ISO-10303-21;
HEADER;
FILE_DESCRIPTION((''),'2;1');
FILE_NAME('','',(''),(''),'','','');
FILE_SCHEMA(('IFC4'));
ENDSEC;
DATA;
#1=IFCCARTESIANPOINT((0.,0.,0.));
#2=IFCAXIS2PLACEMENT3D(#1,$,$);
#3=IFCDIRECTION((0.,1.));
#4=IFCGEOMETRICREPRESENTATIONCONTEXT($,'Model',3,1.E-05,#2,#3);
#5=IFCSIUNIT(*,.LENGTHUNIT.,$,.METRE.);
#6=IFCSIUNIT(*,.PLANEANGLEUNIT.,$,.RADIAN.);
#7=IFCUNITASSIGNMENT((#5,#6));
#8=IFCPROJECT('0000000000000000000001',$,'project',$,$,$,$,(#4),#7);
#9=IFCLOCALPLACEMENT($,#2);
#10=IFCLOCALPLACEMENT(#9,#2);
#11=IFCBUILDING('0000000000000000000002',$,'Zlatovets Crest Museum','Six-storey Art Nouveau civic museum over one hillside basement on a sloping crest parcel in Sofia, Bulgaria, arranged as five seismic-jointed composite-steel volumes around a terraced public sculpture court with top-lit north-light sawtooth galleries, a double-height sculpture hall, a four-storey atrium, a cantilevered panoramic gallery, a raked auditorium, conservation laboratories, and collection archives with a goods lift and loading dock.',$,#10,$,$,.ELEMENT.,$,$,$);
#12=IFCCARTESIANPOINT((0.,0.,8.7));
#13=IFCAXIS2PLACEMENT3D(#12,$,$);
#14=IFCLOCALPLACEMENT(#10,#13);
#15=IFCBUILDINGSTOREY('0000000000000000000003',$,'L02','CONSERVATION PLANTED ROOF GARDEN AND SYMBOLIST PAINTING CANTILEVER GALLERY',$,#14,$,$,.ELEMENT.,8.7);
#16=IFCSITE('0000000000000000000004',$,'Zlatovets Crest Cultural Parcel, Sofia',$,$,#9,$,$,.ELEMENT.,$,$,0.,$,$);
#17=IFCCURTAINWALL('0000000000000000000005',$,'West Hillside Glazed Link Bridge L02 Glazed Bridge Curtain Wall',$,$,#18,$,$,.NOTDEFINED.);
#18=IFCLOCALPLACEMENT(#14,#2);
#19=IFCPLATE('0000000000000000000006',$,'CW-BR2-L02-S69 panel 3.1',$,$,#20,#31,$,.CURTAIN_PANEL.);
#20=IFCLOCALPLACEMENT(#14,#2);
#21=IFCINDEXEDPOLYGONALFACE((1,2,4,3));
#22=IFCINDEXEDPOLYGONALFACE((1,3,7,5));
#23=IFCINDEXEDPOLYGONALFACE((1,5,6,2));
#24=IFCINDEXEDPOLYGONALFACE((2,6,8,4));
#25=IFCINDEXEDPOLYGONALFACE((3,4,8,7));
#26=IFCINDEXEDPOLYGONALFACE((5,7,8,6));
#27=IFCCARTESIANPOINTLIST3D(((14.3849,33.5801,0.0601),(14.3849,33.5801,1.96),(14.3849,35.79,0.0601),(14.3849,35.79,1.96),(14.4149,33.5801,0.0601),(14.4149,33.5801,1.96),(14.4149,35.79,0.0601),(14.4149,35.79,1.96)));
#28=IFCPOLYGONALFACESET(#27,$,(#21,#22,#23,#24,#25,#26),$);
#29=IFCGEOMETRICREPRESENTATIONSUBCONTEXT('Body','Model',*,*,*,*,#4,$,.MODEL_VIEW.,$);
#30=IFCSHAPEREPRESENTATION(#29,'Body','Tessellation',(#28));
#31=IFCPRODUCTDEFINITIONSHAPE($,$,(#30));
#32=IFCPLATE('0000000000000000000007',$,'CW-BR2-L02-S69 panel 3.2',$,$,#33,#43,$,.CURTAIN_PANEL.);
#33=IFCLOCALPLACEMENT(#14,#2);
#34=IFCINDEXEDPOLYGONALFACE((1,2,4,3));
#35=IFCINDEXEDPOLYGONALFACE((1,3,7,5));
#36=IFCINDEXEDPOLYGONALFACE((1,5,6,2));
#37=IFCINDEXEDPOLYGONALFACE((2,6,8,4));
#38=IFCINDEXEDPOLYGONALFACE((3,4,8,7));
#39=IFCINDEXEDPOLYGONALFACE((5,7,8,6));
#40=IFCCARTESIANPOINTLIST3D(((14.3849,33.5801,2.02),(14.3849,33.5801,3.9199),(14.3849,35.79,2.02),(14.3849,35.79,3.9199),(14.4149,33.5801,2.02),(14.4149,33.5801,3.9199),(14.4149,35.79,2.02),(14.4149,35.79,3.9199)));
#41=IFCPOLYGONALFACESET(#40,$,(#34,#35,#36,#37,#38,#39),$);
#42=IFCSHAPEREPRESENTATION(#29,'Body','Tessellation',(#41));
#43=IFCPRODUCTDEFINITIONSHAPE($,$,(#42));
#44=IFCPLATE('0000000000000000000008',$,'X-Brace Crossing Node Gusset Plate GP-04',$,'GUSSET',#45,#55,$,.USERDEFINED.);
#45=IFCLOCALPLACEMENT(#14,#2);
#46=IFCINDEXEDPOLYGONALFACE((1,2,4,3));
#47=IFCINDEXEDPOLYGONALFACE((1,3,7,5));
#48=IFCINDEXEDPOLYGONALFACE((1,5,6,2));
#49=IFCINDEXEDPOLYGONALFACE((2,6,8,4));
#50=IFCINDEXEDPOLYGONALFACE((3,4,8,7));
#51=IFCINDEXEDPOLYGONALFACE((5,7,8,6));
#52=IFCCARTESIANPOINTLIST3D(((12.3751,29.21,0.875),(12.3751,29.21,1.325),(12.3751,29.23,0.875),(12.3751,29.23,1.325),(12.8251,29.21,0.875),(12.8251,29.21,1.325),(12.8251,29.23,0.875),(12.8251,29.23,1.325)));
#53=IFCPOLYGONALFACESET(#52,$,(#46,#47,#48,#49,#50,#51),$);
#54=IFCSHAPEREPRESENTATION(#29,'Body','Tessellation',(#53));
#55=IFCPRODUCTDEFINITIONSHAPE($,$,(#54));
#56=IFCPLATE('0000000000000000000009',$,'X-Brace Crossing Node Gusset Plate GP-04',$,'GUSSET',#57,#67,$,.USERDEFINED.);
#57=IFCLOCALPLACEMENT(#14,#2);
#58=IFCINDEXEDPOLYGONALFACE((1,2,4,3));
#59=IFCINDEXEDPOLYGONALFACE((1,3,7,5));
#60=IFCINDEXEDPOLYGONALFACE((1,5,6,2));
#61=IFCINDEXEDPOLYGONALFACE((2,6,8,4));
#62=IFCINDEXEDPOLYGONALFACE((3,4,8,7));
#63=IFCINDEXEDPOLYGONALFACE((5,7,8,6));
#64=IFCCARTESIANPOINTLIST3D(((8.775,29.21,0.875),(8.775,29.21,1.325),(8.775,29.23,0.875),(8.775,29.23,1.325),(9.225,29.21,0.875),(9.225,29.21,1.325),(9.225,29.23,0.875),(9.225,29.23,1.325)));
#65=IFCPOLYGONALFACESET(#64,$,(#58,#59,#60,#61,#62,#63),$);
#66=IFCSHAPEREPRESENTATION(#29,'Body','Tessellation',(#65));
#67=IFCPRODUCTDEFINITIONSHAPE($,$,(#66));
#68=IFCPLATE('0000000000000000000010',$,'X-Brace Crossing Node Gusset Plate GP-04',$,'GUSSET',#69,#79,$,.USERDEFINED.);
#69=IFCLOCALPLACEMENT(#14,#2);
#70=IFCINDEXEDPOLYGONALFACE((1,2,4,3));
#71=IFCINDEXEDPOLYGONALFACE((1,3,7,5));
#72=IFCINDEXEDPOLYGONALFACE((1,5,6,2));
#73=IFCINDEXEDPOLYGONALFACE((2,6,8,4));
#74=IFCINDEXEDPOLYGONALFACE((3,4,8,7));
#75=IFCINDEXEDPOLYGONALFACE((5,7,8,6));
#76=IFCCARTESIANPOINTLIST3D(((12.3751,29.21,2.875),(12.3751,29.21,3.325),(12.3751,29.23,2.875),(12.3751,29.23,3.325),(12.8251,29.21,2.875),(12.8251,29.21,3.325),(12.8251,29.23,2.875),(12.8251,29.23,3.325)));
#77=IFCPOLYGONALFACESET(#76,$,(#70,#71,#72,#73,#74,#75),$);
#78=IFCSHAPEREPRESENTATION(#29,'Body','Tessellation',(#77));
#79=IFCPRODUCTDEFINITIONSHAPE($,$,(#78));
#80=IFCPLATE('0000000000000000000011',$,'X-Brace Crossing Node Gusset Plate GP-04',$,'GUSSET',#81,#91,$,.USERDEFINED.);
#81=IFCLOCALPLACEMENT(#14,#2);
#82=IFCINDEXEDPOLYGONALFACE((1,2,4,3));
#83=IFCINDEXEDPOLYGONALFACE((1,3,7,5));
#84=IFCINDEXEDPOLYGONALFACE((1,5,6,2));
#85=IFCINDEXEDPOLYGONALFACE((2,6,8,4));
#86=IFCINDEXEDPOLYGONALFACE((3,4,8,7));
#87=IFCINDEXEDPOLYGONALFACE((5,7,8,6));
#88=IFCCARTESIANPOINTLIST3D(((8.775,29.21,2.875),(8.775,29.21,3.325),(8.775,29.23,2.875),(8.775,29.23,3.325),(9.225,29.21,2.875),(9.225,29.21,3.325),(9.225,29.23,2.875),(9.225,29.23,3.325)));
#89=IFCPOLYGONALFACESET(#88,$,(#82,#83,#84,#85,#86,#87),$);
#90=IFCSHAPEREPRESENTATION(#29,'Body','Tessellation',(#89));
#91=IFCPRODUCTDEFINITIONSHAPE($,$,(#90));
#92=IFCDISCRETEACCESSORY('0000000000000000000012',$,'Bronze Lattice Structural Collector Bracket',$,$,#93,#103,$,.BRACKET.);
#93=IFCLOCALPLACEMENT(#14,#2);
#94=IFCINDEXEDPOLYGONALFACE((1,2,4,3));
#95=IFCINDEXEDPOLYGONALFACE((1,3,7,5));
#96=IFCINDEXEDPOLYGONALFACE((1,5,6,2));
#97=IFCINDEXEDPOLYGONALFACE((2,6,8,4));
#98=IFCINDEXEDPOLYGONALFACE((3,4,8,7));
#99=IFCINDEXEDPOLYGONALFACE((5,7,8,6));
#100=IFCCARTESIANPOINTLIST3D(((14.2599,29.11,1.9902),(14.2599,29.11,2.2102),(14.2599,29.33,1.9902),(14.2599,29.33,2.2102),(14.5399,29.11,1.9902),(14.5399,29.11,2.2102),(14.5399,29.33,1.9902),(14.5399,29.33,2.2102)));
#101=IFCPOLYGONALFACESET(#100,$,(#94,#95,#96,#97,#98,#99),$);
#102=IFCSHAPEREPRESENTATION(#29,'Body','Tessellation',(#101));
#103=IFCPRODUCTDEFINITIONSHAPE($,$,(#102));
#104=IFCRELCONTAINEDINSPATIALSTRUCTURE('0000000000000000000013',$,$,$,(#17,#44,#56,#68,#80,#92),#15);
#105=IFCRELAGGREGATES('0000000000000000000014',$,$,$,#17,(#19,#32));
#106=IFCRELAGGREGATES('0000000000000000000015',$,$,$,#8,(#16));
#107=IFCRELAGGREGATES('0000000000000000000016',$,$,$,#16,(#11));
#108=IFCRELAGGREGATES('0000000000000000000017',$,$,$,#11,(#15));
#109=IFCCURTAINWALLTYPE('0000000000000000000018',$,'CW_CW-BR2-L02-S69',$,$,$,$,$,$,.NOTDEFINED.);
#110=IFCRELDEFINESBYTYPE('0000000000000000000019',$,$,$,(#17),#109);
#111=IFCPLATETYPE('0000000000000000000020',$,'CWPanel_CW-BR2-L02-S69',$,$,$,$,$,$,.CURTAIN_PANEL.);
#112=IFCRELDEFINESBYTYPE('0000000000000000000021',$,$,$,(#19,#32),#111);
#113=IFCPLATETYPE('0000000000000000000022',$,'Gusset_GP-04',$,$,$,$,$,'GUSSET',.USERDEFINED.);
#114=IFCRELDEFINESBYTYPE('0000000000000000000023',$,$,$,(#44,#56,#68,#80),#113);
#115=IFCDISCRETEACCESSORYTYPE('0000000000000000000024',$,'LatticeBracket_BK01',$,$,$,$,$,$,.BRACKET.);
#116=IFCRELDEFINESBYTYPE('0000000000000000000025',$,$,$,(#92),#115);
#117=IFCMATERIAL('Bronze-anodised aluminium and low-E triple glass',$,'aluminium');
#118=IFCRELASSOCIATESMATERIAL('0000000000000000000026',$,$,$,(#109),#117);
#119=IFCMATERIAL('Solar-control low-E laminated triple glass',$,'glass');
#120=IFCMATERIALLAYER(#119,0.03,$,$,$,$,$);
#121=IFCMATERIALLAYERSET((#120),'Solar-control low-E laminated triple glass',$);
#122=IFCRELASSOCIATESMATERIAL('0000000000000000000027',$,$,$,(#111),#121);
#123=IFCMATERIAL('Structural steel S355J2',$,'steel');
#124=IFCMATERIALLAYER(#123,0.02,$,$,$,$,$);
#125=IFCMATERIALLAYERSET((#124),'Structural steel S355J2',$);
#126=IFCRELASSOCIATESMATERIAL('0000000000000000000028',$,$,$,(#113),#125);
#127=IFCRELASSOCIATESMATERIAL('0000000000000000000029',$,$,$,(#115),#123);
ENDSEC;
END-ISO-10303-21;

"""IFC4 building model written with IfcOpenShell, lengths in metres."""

from ifc_helpers import new_model, si_unit, direction, frame, origin, origin_2d, place, context, subcontext, project, spatial, rectangle, extrude, material, layer, layer_set, type_object, element, aggregate, save


model = new_model("IFC4")

# Units and contexts
model_context = context("Model", 3, precision=1e-05, world=origin(), true_north=direction((0.0, 1.0)))
body_context = subcontext(model_context, "Body", "Model", "MODEL_VIEW")
ifc_project = project(units=[si_unit("LENGTHUNIT", "METRE"), si_unit("PLANEANGLEUNIT", "RADIAN")], contexts=[model_context])

# Site, building, storey
site_placement = place(None, origin())
site = spatial("IfcSite", under=ifc_project, at=site_placement, Name="Zlatovets Crest Cultural Parcel, Sofia", CompositionType="ELEMENT", RefElevation=0.0)
building_placement = place(site_placement, origin())
building = spatial("IfcBuilding", under=site, at=building_placement, Name="Zlatovets Crest Museum", Description="Six-storey Art Nouveau civic museum over one hillside basement on a sloping crest parcel in Sofia, Bulgaria, arranged as five seismic-jointed composite-steel volumes around a terraced public sculpture court with top-lit north-light sawtooth galleries, a double-height sculpture hall, a four-storey atrium, a cantilevered panoramic gallery, a raked auditorium, conservation laboratories, and collection archives with a goods lift and loading dock.", CompositionType="ELEMENT")
storey_placement = place(building_placement, frame((0.0, 0.0, 8.7)))
storey = spatial("IfcBuildingStorey", under=building, at=storey_placement, Name="L02", Description="CONSERVATION PLANTED ROOF GARDEN AND SYMBOLIST PAINTING CANTILEVER GALLERY", CompositionType="ELEMENT", Elevation=8.7)

# Curtain wall
ifc_material_1 = material(Name="Bronze-anodised aluminium and low-E triple glass", Category="aluminium")
curtain_wall_type = type_object("IfcCurtainWallType", Name="CW_CW-BR2-L02-S69", PredefinedType="NOTDEFINED", material=ifc_material_1)
curtain_wall_placement = place(storey_placement, origin())
curtain_wall = element("IfcCurtainWall", 1, at=curtain_wall_placement, inside=storey, type_object=curtain_wall_type, Name="West Hillside Glazed Link Bridge L02 Glazed Bridge Curtain Wall", PredefinedType="NOTDEFINED")

# Plates
ifc_material_2 = material(Name="Solar-control low-E laminated triple glass", Category="glass")
ifc_layer_1 = layer(ifc_material_2, 0.03)
ifc_layer_set_1 = layer_set([ifc_layer_1], Name="Solar-control low-E laminated triple glass")
plate_type_1 = type_object("IfcPlateType", Name="CWPanel_CW-BR2-L02-S69", PredefinedType="CURTAIN_PANEL", material=ifc_layer_set_1)
plate_1_placement = place(storey_placement, frame((14.3999, 34.6851, 0.0601), z_axis=(0.0, 0.0, 1.0), x_axis=(0.0, 1.0, 0.0)))
plate_1 = element("IfcPlate", 2, at=plate_1_placement, type_object=plate_type_1, Name="CW-BR2-L02-S69 panel 3.1", PredefinedType="CURTAIN_PANEL", context=body_context, shape_type="SweptSolid", body=[
    extrude(rectangle(XDim=2.21, YDim=0.03, at=origin_2d()), origin(), (0.0, 0.0, 1.0), 1.8999),
])
plate_2_placement = place(storey_placement, frame((14.3999, 34.6851, 2.02), z_axis=(0.0, 0.0, 1.0), x_axis=(0.0, 1.0, 0.0)))
plate_2 = element("IfcPlate", 3, at=plate_2_placement, type_object=plate_type_1, Name="CW-BR2-L02-S69 panel 3.2", PredefinedType="CURTAIN_PANEL", context=body_context, shape_type="SweptSolid", body=[
    extrude(rectangle(XDim=2.21, YDim=0.03, at=origin_2d()), origin(), (0.0, 0.0, 1.0), 1.8999),
])
aggregate(curtain_wall, [plate_1, plate_2])

# Plates
ifc_material_3 = material(Name="Structural steel S355J2", Category="steel")
ifc_layer_2 = layer(ifc_material_3, 0.02)
ifc_layer_set_2 = layer_set([ifc_layer_2], Name="Structural steel S355J2")
plate_type_2 = type_object("IfcPlateType", Name="Gusset_GP-04", ElementType="GUSSET", PredefinedType="USERDEFINED", material=ifc_layer_set_2)
for number, where, z_axis, x_axis, name in (
    (4, (12.6001, 29.22, 0.875), (0.0, 0.0, 1.0), (1.0, 0.0, 0.0), "X-Brace Crossing Node Gusset Plate GP-04"),
    (5, (9.0, 29.22, 0.875), (0.0, 0.0, 1.0), (1.0, 0.0, 0.0), "X-Brace Crossing Node Gusset Plate GP-04"),
    (6, (12.6001, 29.22, 2.875), (0.0, 0.0, 1.0), (1.0, 0.0, 0.0), "X-Brace Crossing Node Gusset Plate GP-04"),
    (7, (9.0, 29.22, 2.875), (0.0, 0.0, 1.0), (1.0, 0.0, 0.0), "X-Brace Crossing Node Gusset Plate GP-04"),
):
    element("IfcPlate", number, at=place(storey_placement, frame(where, z_axis=z_axis, x_axis=x_axis)), inside=storey, type_object=plate_type_2, Name=name, ObjectType="GUSSET", PredefinedType="USERDEFINED", context=body_context, shape_type="SweptSolid", body=[
        extrude(rectangle(XDim=0.45, YDim=0.02, at=origin_2d()), origin(), (0.0, 0.0, 1.0), 0.45),
    ])

# Discrete accessory
discrete_accessory_type = type_object("IfcDiscreteAccessoryType", Name="LatticeBracket_BK01", PredefinedType="BRACKET", material=ifc_material_3)
discrete_accessory_placement = place(storey_placement, frame((14.3999, 29.22, 1.9902), z_axis=(0.0, 0.0, 1.0), x_axis=(1.0, 0.0, 0.0)))
element("IfcDiscreteAccessory", 8, at=discrete_accessory_placement, inside=storey, type_object=discrete_accessory_type, Name="Bronze Lattice Structural Collector Bracket", PredefinedType="BRACKET", context=body_context, shape_type="SweptSolid", body=[
    extrude(rectangle(XDim=0.28, YDim=0.22, at=origin_2d()), origin(), (0.0, 0.0, 1.0), 0.22),
])

save(model, "model.ifc")
